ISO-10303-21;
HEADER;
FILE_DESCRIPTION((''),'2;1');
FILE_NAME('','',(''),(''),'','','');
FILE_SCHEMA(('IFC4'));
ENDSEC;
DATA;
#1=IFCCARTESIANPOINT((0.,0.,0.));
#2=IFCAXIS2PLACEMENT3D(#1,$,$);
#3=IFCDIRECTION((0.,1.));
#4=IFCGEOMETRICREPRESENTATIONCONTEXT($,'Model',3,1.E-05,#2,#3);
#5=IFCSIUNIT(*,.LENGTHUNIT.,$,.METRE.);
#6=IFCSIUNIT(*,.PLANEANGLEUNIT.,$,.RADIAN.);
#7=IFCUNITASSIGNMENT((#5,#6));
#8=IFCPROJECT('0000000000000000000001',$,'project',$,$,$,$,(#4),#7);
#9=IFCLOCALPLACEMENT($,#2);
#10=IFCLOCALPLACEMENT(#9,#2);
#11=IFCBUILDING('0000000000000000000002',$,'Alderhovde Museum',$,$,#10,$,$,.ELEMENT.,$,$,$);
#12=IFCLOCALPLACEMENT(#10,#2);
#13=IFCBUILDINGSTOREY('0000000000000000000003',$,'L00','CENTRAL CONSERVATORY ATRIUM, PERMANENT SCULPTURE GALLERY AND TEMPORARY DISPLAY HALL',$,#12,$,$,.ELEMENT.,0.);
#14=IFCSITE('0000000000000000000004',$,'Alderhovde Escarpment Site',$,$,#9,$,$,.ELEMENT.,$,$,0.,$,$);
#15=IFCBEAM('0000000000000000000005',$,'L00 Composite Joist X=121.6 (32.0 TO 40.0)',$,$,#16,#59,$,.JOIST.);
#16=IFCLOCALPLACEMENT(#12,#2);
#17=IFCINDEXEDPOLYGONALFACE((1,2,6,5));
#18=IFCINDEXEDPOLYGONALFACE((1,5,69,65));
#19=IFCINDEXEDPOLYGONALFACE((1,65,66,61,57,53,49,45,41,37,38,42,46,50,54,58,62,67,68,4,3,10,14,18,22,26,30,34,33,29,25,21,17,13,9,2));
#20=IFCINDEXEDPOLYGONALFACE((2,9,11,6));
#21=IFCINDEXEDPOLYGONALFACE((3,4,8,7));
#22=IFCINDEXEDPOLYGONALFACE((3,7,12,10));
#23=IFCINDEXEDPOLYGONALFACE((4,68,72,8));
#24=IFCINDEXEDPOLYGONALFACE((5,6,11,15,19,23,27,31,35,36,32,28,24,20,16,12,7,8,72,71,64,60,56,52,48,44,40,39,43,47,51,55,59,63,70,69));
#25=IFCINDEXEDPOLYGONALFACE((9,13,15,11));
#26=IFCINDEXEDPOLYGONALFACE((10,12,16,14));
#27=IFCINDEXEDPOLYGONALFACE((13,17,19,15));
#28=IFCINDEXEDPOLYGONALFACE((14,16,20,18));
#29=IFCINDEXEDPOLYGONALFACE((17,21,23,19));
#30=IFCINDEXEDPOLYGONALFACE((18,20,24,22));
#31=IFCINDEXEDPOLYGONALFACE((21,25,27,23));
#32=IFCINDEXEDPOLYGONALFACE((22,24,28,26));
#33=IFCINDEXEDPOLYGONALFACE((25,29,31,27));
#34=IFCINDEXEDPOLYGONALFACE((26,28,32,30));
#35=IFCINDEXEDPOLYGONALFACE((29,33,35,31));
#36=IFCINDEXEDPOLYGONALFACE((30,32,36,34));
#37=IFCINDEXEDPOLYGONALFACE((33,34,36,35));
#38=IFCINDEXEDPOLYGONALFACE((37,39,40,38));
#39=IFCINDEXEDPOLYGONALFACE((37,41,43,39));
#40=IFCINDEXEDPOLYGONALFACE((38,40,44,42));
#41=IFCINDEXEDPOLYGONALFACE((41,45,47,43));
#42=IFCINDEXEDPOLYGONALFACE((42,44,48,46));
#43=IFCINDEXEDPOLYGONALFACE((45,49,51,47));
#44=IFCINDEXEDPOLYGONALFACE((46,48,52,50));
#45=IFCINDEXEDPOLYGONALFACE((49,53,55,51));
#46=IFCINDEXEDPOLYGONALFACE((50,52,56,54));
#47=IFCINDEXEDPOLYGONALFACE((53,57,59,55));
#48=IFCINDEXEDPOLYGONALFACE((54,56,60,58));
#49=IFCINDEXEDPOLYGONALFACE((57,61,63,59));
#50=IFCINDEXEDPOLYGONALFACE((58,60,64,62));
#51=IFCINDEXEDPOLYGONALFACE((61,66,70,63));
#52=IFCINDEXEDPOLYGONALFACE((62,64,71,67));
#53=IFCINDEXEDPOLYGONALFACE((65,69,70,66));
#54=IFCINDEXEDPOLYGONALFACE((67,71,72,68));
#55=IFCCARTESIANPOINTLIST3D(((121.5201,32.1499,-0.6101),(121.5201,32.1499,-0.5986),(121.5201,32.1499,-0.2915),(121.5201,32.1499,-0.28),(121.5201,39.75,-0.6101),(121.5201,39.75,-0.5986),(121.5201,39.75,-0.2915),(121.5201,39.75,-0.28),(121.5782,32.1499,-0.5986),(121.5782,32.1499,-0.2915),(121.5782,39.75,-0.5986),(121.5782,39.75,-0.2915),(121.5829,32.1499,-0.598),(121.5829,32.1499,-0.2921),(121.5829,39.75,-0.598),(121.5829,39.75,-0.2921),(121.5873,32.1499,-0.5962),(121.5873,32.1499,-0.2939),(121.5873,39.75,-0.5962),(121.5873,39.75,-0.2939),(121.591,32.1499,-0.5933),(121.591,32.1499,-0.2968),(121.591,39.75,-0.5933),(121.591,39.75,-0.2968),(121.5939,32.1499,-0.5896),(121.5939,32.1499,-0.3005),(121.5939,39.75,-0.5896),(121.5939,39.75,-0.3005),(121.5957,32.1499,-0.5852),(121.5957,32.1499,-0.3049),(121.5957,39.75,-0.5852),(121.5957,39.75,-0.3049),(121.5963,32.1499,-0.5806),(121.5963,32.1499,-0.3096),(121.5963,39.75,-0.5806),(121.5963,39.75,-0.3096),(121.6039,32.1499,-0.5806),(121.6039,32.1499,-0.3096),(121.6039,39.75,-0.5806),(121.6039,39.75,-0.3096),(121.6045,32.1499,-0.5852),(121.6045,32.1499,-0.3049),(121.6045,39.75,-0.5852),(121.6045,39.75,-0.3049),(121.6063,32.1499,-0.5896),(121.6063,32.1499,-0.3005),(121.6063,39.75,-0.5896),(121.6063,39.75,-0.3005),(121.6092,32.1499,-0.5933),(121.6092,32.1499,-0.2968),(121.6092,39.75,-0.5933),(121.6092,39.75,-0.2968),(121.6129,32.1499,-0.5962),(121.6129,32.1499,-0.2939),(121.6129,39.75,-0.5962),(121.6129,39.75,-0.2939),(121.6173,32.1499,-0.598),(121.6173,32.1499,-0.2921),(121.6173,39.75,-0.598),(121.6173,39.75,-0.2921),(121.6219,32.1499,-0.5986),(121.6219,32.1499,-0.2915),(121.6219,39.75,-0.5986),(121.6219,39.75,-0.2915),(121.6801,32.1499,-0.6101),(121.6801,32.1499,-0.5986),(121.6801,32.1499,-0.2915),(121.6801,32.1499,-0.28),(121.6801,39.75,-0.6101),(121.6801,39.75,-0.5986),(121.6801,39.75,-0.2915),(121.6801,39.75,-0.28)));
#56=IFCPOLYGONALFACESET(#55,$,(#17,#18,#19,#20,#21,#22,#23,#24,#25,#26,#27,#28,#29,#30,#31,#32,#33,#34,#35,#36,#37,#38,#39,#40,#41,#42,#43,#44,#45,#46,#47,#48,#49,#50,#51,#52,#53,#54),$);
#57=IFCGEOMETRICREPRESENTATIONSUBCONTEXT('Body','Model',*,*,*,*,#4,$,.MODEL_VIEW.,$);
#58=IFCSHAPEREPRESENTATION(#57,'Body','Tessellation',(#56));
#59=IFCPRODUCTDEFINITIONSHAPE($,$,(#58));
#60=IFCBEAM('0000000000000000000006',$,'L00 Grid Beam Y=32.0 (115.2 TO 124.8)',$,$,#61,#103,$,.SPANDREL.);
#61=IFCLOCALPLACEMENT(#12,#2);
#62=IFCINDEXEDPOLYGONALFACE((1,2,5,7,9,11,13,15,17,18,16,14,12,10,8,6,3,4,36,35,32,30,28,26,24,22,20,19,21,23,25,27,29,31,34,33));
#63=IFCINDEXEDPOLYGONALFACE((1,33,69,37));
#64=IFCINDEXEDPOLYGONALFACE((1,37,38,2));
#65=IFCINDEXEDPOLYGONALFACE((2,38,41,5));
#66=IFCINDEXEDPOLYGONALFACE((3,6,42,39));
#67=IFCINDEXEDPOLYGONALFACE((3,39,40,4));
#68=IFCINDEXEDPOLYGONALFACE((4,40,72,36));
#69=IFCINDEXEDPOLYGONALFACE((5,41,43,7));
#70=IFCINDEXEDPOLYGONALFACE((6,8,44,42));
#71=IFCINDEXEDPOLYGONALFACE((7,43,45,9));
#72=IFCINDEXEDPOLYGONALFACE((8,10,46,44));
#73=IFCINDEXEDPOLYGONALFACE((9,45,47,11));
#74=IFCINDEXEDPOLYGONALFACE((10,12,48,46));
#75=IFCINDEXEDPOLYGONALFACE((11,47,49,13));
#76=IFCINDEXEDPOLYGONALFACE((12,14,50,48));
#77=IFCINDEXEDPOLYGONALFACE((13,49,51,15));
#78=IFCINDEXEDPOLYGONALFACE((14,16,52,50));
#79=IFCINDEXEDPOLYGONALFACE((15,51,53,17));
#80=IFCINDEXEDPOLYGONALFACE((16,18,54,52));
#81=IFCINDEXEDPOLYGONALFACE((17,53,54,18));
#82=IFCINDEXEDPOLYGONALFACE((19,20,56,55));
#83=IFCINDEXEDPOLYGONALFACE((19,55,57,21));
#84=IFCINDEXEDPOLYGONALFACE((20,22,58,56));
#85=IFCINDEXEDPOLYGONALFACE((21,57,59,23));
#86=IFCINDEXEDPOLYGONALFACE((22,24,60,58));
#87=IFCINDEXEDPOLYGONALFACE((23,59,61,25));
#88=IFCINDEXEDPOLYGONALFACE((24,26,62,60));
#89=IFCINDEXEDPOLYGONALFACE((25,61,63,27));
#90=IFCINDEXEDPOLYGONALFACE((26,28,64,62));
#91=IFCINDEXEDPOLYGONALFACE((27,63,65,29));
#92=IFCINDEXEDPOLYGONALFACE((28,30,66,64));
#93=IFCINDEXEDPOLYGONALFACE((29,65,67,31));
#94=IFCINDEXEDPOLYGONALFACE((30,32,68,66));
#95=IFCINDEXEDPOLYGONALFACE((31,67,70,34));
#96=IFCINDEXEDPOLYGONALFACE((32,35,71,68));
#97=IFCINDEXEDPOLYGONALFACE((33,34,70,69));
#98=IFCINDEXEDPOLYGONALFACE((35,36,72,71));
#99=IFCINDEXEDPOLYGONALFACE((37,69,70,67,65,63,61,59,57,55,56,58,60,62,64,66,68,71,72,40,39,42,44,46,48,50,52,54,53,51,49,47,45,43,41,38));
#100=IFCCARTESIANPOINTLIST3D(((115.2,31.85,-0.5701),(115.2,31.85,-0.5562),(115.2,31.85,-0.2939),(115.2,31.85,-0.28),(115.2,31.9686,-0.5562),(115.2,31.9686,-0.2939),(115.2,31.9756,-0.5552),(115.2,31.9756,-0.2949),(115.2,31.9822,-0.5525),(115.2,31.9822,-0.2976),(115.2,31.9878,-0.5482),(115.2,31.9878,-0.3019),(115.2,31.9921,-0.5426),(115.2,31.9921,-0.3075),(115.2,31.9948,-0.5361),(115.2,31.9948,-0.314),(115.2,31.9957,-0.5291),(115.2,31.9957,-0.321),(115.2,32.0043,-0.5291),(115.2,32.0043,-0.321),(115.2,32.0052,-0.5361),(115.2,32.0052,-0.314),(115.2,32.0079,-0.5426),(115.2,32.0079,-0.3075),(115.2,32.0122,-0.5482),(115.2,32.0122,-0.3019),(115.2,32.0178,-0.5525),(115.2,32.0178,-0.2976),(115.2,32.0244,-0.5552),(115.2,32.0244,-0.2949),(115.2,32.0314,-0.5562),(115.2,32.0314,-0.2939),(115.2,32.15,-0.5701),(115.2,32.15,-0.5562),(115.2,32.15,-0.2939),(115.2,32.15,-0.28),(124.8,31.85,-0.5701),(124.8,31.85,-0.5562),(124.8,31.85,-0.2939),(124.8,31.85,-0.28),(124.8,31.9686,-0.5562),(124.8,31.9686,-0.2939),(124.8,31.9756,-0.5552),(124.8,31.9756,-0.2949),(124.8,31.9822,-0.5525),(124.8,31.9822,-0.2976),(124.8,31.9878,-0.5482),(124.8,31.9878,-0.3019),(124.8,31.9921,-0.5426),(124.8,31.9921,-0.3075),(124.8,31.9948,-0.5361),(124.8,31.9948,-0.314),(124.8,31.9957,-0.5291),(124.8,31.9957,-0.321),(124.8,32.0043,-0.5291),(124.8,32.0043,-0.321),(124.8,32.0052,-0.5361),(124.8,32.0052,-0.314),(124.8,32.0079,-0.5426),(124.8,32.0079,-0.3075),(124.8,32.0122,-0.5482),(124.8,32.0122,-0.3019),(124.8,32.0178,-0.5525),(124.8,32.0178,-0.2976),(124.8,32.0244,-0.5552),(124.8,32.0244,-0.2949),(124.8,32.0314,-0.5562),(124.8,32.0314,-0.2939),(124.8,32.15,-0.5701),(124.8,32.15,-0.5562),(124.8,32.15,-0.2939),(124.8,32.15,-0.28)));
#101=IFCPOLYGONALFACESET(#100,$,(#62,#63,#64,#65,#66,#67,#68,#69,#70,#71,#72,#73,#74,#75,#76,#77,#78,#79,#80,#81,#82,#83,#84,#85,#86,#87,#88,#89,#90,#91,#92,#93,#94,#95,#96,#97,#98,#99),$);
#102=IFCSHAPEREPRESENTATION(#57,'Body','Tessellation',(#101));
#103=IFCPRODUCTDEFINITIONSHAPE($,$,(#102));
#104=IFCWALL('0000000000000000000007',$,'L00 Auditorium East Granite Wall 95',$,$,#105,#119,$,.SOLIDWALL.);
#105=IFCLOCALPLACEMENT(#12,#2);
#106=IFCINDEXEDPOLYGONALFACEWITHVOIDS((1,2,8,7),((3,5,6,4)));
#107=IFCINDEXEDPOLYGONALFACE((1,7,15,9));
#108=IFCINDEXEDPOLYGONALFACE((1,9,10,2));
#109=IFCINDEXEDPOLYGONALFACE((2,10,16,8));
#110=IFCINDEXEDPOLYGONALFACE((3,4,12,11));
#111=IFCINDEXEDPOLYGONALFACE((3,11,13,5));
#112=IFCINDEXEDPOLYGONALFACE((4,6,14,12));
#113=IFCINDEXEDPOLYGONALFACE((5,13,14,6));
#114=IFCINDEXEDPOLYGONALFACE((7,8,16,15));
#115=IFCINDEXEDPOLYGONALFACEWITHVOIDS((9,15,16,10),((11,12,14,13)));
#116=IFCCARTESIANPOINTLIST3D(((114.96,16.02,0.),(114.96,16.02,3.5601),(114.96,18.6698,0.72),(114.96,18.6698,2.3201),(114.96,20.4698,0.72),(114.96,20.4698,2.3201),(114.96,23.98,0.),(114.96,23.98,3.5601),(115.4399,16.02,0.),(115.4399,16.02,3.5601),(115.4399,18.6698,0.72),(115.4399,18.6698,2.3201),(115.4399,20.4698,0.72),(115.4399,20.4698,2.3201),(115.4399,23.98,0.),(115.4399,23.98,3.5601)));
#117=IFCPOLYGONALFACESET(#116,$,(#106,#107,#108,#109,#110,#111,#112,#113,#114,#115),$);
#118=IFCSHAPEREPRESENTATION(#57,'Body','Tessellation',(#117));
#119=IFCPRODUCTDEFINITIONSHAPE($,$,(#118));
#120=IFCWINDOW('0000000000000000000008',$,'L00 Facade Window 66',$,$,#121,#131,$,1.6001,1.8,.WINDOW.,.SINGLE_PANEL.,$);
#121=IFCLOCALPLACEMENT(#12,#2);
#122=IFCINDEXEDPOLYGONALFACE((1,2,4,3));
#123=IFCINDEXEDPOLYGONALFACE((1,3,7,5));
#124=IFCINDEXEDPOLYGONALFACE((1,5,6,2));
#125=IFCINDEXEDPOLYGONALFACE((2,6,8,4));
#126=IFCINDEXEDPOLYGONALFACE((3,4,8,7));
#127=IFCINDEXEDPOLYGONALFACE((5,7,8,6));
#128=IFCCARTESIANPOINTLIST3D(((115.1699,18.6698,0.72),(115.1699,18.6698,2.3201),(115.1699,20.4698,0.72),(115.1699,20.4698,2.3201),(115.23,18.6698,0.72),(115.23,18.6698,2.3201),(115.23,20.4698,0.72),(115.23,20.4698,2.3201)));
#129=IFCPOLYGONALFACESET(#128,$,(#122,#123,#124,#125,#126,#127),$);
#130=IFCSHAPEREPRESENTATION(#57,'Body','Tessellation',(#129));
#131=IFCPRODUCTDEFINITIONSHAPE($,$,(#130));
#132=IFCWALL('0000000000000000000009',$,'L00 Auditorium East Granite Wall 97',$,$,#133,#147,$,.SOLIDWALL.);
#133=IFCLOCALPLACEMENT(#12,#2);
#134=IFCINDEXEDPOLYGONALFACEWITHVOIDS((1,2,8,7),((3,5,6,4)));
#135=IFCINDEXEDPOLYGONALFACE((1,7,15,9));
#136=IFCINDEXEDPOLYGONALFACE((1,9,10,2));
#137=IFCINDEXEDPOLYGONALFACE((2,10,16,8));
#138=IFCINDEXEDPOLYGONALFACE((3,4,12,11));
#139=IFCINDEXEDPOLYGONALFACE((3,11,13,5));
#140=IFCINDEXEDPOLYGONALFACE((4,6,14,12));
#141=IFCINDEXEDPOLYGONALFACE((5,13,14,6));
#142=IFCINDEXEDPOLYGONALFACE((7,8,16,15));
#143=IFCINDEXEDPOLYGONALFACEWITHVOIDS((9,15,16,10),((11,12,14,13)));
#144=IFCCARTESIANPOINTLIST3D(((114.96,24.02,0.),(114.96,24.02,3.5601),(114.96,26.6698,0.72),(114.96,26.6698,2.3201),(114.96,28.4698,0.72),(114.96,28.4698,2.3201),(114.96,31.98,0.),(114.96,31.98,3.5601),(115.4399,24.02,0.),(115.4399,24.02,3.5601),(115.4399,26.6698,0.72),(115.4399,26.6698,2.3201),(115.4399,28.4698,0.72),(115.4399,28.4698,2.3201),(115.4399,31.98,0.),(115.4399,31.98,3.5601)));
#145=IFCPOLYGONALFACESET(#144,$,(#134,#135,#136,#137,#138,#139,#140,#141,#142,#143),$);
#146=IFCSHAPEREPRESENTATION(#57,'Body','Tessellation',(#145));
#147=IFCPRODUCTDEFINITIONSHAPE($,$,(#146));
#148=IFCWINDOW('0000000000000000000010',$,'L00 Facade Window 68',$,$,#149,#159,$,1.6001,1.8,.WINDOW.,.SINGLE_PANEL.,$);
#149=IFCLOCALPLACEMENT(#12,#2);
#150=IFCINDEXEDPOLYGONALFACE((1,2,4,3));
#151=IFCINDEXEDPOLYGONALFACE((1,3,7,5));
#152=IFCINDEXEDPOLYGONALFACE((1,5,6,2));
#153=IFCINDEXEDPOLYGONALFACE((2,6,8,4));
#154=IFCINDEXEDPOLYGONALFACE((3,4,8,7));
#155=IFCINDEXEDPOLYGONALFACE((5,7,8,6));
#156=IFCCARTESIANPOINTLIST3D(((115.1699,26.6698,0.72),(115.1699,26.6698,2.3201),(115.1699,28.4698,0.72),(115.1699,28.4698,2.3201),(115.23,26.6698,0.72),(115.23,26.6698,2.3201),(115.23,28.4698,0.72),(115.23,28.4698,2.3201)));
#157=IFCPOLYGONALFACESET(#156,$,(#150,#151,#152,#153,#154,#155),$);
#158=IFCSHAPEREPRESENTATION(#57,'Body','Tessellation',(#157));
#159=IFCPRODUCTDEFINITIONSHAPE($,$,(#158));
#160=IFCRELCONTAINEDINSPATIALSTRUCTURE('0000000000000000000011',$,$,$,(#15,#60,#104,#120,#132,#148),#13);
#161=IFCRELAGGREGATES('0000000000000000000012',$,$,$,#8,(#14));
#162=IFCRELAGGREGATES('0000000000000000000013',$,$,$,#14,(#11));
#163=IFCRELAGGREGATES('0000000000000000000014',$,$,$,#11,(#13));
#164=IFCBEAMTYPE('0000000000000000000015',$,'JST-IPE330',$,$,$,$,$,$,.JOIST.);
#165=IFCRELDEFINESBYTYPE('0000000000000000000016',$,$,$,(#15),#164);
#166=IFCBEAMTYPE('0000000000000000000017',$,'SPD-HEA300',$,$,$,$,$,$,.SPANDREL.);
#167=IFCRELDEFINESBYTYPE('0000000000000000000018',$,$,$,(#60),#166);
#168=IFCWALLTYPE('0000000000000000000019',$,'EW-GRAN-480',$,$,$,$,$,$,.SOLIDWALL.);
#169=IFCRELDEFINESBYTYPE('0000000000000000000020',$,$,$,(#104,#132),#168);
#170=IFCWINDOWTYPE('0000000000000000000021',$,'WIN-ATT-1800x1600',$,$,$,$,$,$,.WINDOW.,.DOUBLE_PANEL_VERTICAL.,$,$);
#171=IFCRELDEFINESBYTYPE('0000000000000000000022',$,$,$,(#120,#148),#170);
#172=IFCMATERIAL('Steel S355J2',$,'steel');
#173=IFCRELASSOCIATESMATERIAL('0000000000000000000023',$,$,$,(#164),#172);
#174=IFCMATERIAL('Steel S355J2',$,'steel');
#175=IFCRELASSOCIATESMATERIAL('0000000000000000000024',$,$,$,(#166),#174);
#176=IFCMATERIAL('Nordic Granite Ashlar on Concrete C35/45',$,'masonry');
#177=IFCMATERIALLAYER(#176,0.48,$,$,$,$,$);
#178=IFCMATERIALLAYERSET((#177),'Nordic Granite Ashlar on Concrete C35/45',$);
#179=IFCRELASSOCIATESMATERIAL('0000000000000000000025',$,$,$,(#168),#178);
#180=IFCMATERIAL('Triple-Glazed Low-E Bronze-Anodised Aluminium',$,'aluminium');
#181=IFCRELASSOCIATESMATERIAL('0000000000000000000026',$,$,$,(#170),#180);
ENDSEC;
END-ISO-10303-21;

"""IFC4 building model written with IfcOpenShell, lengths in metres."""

from ifc_helpers import new_model, si_unit, direction, frame, frame_2d, origin, origin_2d, place, context, subcontext, project, spatial, rectangle, i_section, extrude, material, layer, layer_set, material_profile, profile_set, type_object, element, fill, save


model = new_model("IFC4")

# Units and contexts
model_context = context("Model", 3, precision=1e-05, world=origin(), true_north=direction((0.0, 1.0)))
body_context = subcontext(model_context, "Body", "Model", "MODEL_VIEW")
ifc_project = project(units=[si_unit("LENGTHUNIT", "METRE"), si_unit("PLANEANGLEUNIT", "RADIAN")], contexts=[model_context])

# Site, building, storey
site_placement = place(None, origin())
site = spatial("IfcSite", under=ifc_project, at=site_placement, Name="Alderhovde Escarpment Site", CompositionType="ELEMENT", RefElevation=0.0)
building_placement = place(site_placement, origin())
building = spatial("IfcBuilding", under=site, at=building_placement, Name="Alderhovde Museum", CompositionType="ELEMENT")
storey_placement = place(building_placement, origin())
storey = spatial("IfcBuildingStorey", under=building, at=storey_placement, Name="L00", Description="CENTRAL CONSERVATORY ATRIUM, PERMANENT SCULPTURE GALLERY AND TEMPORARY DISPLAY HALL", CompositionType="ELEMENT", Elevation=0.0)

# Beams
ifc_material_1 = material(Name="Steel S355J2", Category="steel")
ifc_material_profile_1 = material_profile(ifc_material_1, i_section(OverallWidth=0.1599, OverallDepth=0.3301, WebThickness=0.0076, FlangeThickness=0.0115, FilletRadius=0.0181, at=origin_2d()), Name="IPE 330")
ifc_profile_set_1 = profile_set([ifc_material_profile_1], Name="Steel S355J2")
beam_type_1 = type_object("IfcBeamType", Name="JST-IPE330", PredefinedType="JOIST", material=ifc_profile_set_1)
for number, where, z_axis, x_axis, name in (
    (1, (121.6001, 32.1499, -0.4451), (0.0, 1.0, 0.0), (-1.0, 0.0, 0.0), "L00 Composite Joist X=121.6 (32.0 TO 40.0)"),
):
    element("IfcBeam", number, at=place(storey_placement, frame(where, z_axis=z_axis, x_axis=x_axis)), inside=storey, type_object=beam_type_1, Name=name, PredefinedType="JOIST", context=body_context, shape_type="SweptSolid", body=[
        extrude(i_section(OverallWidth=0.1599, OverallDepth=0.3301, WebThickness=0.0076, FlangeThickness=0.0115, FilletRadius=0.0181, at=origin_2d()), origin(), (0.0, 0.0, 1.0), 7.6001),
    ])
ifc_material_2 = material(Name="Steel S355J2", Category="steel")
ifc_material_profile_2 = material_profile(ifc_material_2, i_section(OverallWidth=0.3, OverallDepth=0.29, WebThickness=0.0085, FlangeThickness=0.0139, FilletRadius=0.0271, at=origin_2d()), Name="HEA 300")
ifc_profile_set_2 = profile_set([ifc_material_profile_2], Name="Steel S355J2")
beam_type_2 = type_object("IfcBeamType", Name="SPD-HEA300", PredefinedType="SPANDREL", material=ifc_profile_set_2)
beam_placement = place(storey_placement, frame((115.2, 32.0, -0.425), z_axis=(1.0, 0.0, 0.0), x_axis=(0.0, 1.0, 0.0)))
element("IfcBeam", 2, at=beam_placement, inside=storey, type_object=beam_type_2, Name="L00 Grid Beam Y=32.0 (115.2 TO 124.8)", PredefinedType="SPANDREL", context=body_context, shape_type="SweptSolid", body=[
    extrude(i_section(OverallWidth=0.3, OverallDepth=0.29, WebThickness=0.0085, FlangeThickness=0.0139, FilletRadius=0.0271, at=origin_2d()), origin(), (0.0, 0.0, 1.0), 9.6001),
])

# Walls, openings, windows
ifc_material_3 = material(Name="Nordic Granite Ashlar on Concrete C35/45", Category="masonry")
ifc_layer_1 = layer(ifc_material_3, 0.48)
ifc_layer_set_1 = layer_set([ifc_layer_1], Name="Nordic Granite Ashlar on Concrete C35/45")
wall_type_1 = type_object("IfcWallType", Name="EW-GRAN-480", PredefinedType="SOLIDWALL", material=ifc_layer_set_1)
wall_1_placement = place(storey_placement, frame((115.2, 16.02, 0.0), z_axis=(0.0, 0.0, 1.0), x_axis=(0.0, 1.0, 0.0)))
wall_1 = element("IfcWall", 3, at=wall_1_placement, inside=storey, type_object=wall_type_1, Name="L00 Auditorium East Granite Wall 95", PredefinedType="SOLIDWALL", context=body_context, shape_type="SweptSolid", body=[
    extrude(rectangle(XDim=7.96, YDim=0.48, at=frame_2d((3.98, 0.0))), origin(), (0.0, 0.0, 1.0), 3.5601),
])
opening_1_placement = place(wall_1_placement, frame((2.6499, 0.0, 0.72)))
opening_1 = element("IfcOpeningElement", 4, at=opening_1_placement, cuts=wall_1, PredefinedType="OPENING", context=body_context, shape_type="SweptSolid", body=[
    extrude(rectangle(XDim=1.8, YDim=1.6001, at=frame_2d((0.8999, 0.8))), frame((0.0, 0.25, 0.0), z_axis=(0.0, -1.0, 0.0), x_axis=(1.0, 0.0, 0.0)), (0.0, 0.0, 1.0), 0.5),
])
ifc_material_4 = material(Name="Triple-Glazed Low-E Bronze-Anodised Aluminium", Category="aluminium")
window_type = type_object("IfcWindowType", Name="WIN-ATT-1800x1600", PartitioningType="DOUBLE_PANEL_VERTICAL", PredefinedType="WINDOW", material=ifc_material_4)
window_1_placement = place(opening_1_placement, origin())
window_1 = element("IfcWindow", 5, at=window_1_placement, inside=storey, type_object=window_type, Name="L00 Facade Window 66", OverallHeight=1.6001, OverallWidth=1.8, PartitioningType="SINGLE_PANEL", PredefinedType="WINDOW", context=body_context, shape_type="SweptSolid", body=[
    extrude(rectangle(XDim=1.8, YDim=1.6001, at=frame_2d((0.8999, 0.8))), frame((0.0, 0.03, 0.0), z_axis=(0.0, -1.0, 0.0), x_axis=(1.0, 0.0, 0.0)), (0.0, 0.0, 1.0), 0.0601),
])
fill(opening_1, window_1)
wall_2_placement = place(storey_placement, frame((115.2, 24.02, 0.0), z_axis=(0.0, 0.0, 1.0), x_axis=(0.0, 1.0, 0.0)))
wall_2 = element("IfcWall", 6, at=wall_2_placement, inside=storey, type_object=wall_type_1, Name="L00 Auditorium East Granite Wall 97", PredefinedType="SOLIDWALL", context=body_context, shape_type="SweptSolid", body=[
    extrude(rectangle(XDim=7.96, YDim=0.48, at=frame_2d((3.98, 0.0))), origin(), (0.0, 0.0, 1.0), 3.5601),
])
opening_2_placement = place(wall_2_placement, frame((2.6499, 0.0, 0.72)))
opening_2 = element("IfcOpeningElement", 7, at=opening_2_placement, cuts=wall_2, PredefinedType="OPENING", context=body_context, shape_type="SweptSolid", body=[
    extrude(rectangle(XDim=1.8, YDim=1.6001, at=frame_2d((0.8999, 0.8))), frame((0.0, 0.25, 0.0), z_axis=(0.0, -1.0, 0.0), x_axis=(1.0, 0.0, 0.0)), (0.0, 0.0, 1.0), 0.5),
])
window_2_placement = place(opening_2_placement, origin())
window_2 = element("IfcWindow", 8, at=window_2_placement, inside=storey, type_object=window_type, Name="L00 Facade Window 68", OverallHeight=1.6001, OverallWidth=1.8, PartitioningType="SINGLE_PANEL", PredefinedType="WINDOW", context=body_context, shape_type="SweptSolid", body=[
    extrude(rectangle(XDim=1.8, YDim=1.6001, at=frame_2d((0.8999, 0.8))), frame((0.0, 0.03, 0.0), z_axis=(0.0, -1.0, 0.0), x_axis=(1.0, 0.0, 0.0)), (0.0, 0.0, 1.0), 0.0601),
])
fill(opening_2, window_2)

save(model, "model.ifc")
